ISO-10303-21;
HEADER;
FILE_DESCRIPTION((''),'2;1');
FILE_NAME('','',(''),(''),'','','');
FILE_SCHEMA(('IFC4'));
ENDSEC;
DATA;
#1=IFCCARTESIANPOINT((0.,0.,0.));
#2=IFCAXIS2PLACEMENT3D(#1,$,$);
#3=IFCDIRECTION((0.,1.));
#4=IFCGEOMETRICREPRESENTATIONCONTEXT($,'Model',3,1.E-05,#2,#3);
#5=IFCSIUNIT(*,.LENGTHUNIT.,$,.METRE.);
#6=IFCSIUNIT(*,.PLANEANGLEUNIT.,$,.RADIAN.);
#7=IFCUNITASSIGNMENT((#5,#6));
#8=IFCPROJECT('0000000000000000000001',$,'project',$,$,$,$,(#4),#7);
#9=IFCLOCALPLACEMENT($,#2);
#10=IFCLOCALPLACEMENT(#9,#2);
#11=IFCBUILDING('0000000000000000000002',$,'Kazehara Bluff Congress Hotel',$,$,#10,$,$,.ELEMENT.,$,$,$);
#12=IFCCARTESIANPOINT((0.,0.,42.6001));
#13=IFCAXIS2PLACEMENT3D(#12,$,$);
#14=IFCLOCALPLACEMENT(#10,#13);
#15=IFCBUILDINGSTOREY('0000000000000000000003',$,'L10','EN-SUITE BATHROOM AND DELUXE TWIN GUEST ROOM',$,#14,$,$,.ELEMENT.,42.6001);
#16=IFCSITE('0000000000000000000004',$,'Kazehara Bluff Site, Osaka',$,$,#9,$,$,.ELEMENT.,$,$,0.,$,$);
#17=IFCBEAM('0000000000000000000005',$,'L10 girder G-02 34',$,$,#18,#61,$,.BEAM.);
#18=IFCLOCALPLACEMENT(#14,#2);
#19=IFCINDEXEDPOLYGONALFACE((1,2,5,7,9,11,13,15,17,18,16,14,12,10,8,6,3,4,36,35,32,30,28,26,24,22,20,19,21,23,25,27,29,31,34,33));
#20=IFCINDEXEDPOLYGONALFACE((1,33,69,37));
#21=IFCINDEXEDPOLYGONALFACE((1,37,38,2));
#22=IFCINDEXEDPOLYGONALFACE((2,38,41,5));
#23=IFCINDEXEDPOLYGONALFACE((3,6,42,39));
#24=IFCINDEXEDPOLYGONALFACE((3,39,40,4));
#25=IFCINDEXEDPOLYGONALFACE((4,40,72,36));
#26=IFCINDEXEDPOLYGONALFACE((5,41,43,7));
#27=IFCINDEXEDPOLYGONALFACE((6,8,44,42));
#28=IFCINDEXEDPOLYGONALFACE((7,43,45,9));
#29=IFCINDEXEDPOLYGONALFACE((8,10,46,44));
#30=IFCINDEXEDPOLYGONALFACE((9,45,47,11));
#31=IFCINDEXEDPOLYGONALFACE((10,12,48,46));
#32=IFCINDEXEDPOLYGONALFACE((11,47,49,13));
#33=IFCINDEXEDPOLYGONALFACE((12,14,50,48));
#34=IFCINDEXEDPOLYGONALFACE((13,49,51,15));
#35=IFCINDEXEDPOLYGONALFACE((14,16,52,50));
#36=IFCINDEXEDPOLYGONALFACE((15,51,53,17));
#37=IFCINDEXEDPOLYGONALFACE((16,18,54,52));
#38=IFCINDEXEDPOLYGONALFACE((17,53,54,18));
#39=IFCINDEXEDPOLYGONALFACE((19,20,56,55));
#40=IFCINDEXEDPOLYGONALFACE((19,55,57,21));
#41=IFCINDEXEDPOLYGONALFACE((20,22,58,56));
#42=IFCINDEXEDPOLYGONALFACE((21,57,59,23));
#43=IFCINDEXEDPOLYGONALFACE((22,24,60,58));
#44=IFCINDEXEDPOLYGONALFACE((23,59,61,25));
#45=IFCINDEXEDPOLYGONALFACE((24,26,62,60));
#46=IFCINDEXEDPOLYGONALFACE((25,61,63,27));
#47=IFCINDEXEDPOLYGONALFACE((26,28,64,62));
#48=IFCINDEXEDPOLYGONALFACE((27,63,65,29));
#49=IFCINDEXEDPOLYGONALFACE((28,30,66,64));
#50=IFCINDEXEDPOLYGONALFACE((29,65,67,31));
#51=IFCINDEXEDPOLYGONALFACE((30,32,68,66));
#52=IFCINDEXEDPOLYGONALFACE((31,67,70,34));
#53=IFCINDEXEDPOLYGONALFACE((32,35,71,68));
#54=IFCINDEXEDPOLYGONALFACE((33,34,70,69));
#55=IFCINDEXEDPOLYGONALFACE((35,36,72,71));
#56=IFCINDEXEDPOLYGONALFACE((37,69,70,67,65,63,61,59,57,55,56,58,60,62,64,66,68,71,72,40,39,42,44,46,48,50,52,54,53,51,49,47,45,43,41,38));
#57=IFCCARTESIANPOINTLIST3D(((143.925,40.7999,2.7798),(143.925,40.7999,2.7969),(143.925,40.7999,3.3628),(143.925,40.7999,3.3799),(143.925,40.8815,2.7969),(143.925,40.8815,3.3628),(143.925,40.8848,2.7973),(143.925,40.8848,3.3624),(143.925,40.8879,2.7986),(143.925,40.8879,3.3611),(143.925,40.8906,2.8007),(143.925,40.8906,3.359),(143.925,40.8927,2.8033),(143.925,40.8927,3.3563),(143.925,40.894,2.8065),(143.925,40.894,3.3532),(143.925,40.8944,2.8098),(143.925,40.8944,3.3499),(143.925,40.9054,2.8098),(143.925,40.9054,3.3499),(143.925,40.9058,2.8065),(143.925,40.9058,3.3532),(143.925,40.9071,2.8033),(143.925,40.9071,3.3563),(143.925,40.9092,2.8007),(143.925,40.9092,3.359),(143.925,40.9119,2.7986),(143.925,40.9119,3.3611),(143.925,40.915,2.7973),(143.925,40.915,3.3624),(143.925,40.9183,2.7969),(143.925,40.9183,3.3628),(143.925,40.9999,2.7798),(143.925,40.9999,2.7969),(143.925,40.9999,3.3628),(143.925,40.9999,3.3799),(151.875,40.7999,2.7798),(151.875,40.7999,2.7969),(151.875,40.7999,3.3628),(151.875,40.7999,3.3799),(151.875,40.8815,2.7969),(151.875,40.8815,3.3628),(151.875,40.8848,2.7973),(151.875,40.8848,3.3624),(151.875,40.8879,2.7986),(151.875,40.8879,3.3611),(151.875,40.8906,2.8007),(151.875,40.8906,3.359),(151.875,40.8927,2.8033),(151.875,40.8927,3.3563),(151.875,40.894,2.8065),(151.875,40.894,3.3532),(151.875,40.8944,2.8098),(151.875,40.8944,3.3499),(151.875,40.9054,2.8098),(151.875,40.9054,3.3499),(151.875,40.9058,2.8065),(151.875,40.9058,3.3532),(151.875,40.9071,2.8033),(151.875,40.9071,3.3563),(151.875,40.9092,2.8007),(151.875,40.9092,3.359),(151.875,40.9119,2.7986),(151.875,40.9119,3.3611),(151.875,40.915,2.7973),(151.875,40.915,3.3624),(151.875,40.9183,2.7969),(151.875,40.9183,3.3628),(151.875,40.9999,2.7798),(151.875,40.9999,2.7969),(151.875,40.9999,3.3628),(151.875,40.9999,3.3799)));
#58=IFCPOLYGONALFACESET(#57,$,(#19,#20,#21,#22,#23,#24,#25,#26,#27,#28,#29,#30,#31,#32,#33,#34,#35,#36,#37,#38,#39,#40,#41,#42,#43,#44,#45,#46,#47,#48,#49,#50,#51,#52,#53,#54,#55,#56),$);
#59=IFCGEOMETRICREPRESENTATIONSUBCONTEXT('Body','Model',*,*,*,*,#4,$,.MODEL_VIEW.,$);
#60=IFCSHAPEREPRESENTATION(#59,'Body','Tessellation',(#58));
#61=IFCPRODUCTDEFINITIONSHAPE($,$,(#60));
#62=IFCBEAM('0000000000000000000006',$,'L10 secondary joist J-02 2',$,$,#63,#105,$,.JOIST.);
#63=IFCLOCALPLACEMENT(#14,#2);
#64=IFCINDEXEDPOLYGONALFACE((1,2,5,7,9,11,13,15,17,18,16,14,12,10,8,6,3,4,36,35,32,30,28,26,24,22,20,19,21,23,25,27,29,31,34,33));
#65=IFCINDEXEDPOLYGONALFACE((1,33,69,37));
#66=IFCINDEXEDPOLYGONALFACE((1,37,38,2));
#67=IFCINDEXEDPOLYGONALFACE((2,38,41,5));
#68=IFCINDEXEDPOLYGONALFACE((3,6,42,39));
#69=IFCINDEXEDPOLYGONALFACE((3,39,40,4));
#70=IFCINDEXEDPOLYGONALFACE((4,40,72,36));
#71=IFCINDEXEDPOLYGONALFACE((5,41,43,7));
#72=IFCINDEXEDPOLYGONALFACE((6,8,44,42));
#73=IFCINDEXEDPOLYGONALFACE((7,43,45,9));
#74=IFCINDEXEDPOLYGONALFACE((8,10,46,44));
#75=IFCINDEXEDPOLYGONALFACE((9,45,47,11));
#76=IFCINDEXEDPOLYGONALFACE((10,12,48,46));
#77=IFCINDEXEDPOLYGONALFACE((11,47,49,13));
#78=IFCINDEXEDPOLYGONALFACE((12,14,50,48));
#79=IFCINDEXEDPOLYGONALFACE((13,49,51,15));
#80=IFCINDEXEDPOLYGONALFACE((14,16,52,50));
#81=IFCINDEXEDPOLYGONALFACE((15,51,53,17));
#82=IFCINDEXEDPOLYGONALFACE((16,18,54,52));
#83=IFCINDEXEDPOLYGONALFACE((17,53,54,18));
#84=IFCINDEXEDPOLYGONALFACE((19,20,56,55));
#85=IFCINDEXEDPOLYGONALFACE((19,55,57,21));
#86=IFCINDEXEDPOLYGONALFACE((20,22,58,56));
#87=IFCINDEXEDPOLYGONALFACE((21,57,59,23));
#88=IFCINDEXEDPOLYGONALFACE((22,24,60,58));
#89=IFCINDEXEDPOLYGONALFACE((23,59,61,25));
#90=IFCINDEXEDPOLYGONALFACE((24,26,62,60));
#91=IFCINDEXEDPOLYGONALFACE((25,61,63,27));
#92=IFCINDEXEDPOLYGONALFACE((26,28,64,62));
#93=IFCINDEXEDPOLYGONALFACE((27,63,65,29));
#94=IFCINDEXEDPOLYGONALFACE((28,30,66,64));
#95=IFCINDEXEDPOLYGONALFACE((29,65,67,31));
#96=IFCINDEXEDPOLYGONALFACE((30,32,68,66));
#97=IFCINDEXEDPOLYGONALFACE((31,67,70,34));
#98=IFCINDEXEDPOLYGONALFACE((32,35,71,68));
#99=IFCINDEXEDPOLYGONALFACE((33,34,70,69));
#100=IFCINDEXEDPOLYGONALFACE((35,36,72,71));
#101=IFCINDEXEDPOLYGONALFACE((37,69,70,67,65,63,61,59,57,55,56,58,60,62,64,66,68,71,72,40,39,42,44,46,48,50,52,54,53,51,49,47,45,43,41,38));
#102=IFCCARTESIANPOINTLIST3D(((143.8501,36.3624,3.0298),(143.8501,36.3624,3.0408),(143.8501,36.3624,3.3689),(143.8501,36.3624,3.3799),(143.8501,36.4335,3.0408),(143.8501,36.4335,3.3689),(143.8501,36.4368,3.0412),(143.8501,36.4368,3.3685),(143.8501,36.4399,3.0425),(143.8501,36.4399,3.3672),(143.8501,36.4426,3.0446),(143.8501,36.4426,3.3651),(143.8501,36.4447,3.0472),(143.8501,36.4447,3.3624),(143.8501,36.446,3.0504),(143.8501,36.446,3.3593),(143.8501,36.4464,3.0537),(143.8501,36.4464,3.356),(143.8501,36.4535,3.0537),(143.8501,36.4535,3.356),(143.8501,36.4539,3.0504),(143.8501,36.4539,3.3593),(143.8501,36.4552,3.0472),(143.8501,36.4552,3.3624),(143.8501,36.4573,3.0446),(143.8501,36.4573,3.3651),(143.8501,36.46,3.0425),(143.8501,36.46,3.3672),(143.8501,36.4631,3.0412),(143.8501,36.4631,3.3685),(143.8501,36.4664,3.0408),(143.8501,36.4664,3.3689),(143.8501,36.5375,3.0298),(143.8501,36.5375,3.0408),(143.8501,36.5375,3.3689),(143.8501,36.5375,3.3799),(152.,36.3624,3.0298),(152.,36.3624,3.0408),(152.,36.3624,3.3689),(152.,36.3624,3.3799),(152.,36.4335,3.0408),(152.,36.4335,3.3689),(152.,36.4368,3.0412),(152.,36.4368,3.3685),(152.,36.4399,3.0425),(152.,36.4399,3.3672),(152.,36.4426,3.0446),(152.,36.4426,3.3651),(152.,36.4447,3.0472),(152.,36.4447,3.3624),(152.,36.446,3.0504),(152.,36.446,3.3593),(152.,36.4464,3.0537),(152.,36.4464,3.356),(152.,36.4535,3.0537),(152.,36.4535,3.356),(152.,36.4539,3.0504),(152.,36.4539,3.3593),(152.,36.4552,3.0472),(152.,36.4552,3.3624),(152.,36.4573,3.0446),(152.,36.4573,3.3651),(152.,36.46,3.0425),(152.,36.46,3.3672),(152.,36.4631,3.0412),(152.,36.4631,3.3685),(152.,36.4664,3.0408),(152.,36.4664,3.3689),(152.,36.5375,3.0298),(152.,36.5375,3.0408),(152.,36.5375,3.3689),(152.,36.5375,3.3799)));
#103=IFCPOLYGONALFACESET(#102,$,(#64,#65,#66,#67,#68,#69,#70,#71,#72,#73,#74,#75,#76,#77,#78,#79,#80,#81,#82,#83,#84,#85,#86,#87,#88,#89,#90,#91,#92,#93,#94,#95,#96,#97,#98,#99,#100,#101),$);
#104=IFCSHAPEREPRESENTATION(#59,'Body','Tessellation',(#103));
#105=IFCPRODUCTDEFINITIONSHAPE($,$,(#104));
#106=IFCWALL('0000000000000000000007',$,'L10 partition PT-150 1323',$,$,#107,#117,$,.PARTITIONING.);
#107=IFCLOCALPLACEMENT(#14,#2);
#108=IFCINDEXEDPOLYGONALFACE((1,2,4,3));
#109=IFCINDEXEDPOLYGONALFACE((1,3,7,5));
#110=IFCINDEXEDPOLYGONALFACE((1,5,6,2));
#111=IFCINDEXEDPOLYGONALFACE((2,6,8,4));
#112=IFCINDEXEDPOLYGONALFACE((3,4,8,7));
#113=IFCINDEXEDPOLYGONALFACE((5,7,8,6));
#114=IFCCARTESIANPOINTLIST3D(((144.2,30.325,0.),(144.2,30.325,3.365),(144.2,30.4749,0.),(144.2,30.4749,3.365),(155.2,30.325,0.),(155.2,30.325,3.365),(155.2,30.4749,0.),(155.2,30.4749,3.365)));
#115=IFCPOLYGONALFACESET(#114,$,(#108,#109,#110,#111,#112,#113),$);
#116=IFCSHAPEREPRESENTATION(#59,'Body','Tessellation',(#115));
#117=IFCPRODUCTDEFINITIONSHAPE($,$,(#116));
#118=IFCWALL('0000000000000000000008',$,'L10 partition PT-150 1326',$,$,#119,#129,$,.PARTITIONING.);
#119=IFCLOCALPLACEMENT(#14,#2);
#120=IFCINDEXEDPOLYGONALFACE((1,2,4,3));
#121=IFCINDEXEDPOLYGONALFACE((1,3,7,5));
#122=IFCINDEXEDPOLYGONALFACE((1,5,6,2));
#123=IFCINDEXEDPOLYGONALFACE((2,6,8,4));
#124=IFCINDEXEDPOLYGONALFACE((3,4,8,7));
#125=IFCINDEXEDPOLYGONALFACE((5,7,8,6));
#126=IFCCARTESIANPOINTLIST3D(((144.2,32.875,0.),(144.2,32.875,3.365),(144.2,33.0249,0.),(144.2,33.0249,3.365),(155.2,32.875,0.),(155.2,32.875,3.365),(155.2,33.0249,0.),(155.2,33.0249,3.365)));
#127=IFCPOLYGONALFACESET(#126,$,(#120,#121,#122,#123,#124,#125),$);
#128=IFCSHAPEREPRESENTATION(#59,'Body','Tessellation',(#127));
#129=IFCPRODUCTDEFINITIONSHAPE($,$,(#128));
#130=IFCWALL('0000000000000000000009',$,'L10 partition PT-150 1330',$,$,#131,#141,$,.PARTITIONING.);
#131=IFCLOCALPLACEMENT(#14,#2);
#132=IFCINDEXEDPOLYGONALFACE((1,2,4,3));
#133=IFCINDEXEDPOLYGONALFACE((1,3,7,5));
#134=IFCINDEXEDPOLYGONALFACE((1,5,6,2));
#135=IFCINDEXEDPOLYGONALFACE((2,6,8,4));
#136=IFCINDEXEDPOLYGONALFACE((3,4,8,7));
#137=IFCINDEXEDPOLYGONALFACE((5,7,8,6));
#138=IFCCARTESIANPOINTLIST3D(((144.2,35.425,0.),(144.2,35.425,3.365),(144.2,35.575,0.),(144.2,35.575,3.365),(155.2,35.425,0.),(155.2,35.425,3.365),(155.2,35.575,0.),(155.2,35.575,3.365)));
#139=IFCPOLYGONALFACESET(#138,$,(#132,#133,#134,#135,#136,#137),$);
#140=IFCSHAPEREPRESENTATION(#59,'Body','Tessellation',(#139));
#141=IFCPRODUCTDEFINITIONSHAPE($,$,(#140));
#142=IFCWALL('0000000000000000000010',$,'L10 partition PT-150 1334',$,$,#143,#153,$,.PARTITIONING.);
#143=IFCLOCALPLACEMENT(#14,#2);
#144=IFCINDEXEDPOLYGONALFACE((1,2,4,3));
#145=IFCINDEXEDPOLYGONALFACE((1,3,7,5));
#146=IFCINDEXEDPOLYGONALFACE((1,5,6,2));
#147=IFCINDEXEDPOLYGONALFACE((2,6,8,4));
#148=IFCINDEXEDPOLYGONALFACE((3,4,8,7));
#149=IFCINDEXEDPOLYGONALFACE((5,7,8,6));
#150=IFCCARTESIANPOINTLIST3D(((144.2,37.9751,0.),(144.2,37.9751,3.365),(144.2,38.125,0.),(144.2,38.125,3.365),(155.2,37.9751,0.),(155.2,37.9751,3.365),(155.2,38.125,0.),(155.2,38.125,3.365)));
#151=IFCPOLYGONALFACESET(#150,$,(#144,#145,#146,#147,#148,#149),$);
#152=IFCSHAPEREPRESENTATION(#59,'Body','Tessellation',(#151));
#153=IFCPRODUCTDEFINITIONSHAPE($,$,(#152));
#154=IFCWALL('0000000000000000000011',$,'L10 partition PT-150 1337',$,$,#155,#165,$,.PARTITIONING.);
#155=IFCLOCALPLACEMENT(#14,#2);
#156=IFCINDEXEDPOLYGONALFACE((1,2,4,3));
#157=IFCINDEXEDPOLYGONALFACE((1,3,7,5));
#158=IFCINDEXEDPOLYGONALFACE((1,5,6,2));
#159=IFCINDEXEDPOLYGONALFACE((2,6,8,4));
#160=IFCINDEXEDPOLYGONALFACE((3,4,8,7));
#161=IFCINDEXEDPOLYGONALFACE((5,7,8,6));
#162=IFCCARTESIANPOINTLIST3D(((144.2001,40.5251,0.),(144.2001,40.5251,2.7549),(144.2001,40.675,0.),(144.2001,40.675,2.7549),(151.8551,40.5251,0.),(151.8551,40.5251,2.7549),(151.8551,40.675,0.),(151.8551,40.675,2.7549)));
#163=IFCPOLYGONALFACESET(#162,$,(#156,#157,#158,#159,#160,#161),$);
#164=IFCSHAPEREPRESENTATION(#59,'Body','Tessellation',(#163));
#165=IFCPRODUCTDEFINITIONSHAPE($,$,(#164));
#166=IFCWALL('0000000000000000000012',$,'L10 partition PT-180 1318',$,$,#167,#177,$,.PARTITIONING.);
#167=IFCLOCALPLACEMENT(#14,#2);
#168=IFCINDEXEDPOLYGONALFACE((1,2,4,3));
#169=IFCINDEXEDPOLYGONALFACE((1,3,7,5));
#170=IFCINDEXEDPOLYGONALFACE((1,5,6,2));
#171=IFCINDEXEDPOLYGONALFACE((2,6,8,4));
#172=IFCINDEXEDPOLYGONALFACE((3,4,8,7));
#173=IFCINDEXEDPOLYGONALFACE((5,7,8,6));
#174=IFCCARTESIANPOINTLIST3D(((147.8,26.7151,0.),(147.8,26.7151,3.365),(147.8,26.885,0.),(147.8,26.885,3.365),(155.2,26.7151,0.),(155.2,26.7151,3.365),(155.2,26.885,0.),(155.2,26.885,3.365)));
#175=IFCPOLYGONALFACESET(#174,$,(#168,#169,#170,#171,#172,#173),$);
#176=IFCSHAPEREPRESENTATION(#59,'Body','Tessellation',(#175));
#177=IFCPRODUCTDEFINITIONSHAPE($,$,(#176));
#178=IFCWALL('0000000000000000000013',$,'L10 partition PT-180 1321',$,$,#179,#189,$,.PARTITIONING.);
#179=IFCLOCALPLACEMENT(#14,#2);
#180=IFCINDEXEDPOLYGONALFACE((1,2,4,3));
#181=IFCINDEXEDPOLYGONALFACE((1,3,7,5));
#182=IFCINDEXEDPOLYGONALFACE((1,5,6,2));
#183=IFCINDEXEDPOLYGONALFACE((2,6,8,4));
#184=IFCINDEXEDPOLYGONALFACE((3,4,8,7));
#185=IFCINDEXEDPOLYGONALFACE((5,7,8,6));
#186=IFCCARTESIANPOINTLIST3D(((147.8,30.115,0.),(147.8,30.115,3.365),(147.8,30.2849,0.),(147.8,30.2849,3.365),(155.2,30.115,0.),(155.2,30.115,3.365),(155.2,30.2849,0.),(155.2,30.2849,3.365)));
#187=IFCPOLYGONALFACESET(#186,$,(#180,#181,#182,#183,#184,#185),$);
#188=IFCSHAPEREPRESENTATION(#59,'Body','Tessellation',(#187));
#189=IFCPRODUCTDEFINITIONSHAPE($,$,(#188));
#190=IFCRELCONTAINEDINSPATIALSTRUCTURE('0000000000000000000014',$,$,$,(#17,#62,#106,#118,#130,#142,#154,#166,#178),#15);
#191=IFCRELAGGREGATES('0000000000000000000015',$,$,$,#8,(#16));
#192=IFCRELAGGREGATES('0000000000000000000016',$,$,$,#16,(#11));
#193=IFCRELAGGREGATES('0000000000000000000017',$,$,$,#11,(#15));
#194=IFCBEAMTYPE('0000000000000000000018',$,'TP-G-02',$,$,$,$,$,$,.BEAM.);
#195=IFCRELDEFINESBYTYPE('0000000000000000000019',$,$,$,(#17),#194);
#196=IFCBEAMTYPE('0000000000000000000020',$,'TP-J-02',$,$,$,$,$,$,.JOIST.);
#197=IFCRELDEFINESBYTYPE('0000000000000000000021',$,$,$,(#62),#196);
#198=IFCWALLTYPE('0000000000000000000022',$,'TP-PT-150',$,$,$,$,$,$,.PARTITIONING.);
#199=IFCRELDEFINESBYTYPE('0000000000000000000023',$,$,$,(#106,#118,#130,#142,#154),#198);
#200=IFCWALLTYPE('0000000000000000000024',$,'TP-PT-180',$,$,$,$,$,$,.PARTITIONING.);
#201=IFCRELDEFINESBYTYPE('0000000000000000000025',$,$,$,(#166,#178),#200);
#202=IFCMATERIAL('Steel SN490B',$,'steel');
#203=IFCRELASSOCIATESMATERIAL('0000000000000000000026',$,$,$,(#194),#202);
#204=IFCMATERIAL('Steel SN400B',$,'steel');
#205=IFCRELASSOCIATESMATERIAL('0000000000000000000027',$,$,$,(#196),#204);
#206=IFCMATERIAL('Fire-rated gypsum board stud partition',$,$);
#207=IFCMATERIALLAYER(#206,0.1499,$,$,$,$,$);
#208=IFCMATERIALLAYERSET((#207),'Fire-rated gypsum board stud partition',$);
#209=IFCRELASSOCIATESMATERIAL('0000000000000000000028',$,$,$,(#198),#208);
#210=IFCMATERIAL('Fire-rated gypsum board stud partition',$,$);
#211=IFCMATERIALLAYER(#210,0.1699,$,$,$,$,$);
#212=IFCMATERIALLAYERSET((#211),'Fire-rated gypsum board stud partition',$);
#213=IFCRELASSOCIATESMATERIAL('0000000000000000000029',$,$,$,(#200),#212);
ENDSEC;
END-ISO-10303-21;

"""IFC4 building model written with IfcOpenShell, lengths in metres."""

from ifc_helpers import new_model, si_unit, direction, frame, frame_2d, origin, origin_2d, place, context, subcontext, project, spatial, rectangle, i_section, extrude, material, layer, layer_set, material_profile, profile_set, type_object, element, save


model = new_model("IFC4")

# Units and contexts
model_context = context("Model", 3, precision=1e-05, world=origin(), true_north=direction((0.0, 1.0)))
body_context = subcontext(model_context, "Body", "Model", "MODEL_VIEW")
ifc_project = project(units=[si_unit("LENGTHUNIT", "METRE"), si_unit("PLANEANGLEUNIT", "RADIAN")], contexts=[model_context])

# Site, building, storey
site_placement = place(None, origin())
site = spatial("IfcSite", under=ifc_project, at=site_placement, Name="Kazehara Bluff Site, Osaka", CompositionType="ELEMENT", RefElevation=0.0)
building_placement = place(site_placement, origin())
building = spatial("IfcBuilding", under=site, at=building_placement, Name="Kazehara Bluff Congress Hotel", CompositionType="ELEMENT")
storey_placement = place(building_placement, frame((0.0, 0.0, 42.6001)))
storey = spatial("IfcBuildingStorey", under=building, at=storey_placement, Name="L10", Description="EN-SUITE BATHROOM AND DELUXE TWIN GUEST ROOM", CompositionType="ELEMENT", Elevation=42.6001)

# Beams
ifc_material_1 = material(Name="Steel SN490B", Category="steel")
ifc_material_profile_1 = material_profile(ifc_material_1, i_section(OverallWidth=0.2, OverallDepth=0.6001, WebThickness=0.011, FlangeThickness=0.0171, FilletRadius=0.0129, at=origin_2d()))
ifc_profile_set_1 = profile_set([ifc_material_profile_1], Name="Steel SN490B")
beam_type_1 = type_object("IfcBeamType", Name="TP-G-02", PredefinedType="BEAM", material=ifc_profile_set_1)
for number, where, z_axis, x_axis, name in (
    (1, (143.925, 40.8999, 3.0798), (1.0, 0.0, 0.0), (0.0, 1.0, 0.0), "L10 girder G-02 34"),
):
    element("IfcBeam", number, at=place(storey_placement, frame(where, z_axis=z_axis, x_axis=x_axis)), inside=storey, type_object=beam_type_1, Name=name, PredefinedType="BEAM", context=body_context, shape_type="SweptSolid", body=[
        extrude(i_section(OverallWidth=0.2, OverallDepth=0.6001, WebThickness=0.011, FlangeThickness=0.0171, FilletRadius=0.0129, at=origin_2d()), origin(), (0.0, 0.0, 1.0), 7.95),
    ])
ifc_material_2 = material(Name="Steel SN400B", Category="steel")
ifc_material_profile_2 = material_profile(ifc_material_2, i_section(OverallWidth=0.175, OverallDepth=0.3501, WebThickness=0.0071, FlangeThickness=0.011, FilletRadius=0.0129, at=origin_2d()))
ifc_profile_set_2 = profile_set([ifc_material_profile_2], Name="Steel SN400B")
beam_type_2 = type_object("IfcBeamType", Name="TP-J-02", PredefinedType="JOIST", material=ifc_profile_set_2)
beam_1_placement = place(storey_placement, frame((143.8501, 36.45, 3.2048), z_axis=(1.0, 0.0, 0.0), x_axis=(0.0, 1.0, 0.0)))
element("IfcBeam", 2, at=beam_1_placement, inside=storey, type_object=beam_type_2, Name="L10 secondary joist J-02 2", PredefinedType="JOIST", context=body_context, shape_type="SweptSolid", body=[
    extrude(i_section(OverallWidth=0.175, OverallDepth=0.3501, WebThickness=0.0071, FlangeThickness=0.011, FilletRadius=0.0129, at=origin_2d()), origin(), (0.0, 0.0, 1.0), 8.1499),
])

# Walls
ifc_material_3 = material(Name="Fire-rated gypsum board stud partition")
ifc_layer_1 = layer(ifc_material_3, 0.1499)
ifc_layer_set_1 = layer_set([ifc_layer_1], Name="Fire-rated gypsum board stud partition")
wall_type_1 = type_object("IfcWallType", Name="TP-PT-150", PredefinedType="PARTITIONING", material=ifc_layer_set_1)
for number, where, z_axis, x_axis, name in (
    (3, (144.2, 30.3999, 0.0), (0.0, 0.0, 1.0), (1.0, 0.0, 0.0), "L10 partition PT-150 1323"),
    (4, (144.2, 32.95, 0.0), (0.0, 0.0, 1.0), (1.0, 0.0, 0.0), "L10 partition PT-150 1326"),
    (5, (144.2, 35.5, 0.0), (0.0, 0.0, 1.0), (1.0, 0.0, 0.0), "L10 partition PT-150 1330"),
    (6, (144.2, 38.05, 0.0), (0.0, 0.0, 1.0), (1.0, 0.0, 0.0), "L10 partition PT-150 1334"),
):
    element("IfcWall", number, at=place(storey_placement, frame(where, z_axis=z_axis, x_axis=x_axis)), inside=storey, type_object=wall_type_1, Name=name, PredefinedType="PARTITIONING", context=body_context, shape_type="SweptSolid", body=[
        extrude(rectangle(XDim=11.0, YDim=0.1499, at=frame_2d((5.5, 0.0))), origin(), (0.0, 0.0, 1.0), 3.365),
    ])
wall_1_placement = place(storey_placement, frame((144.2, 40.6001, 0.0), z_axis=(0.0, 0.0, 1.0), x_axis=(1.0, 0.0, 0.0)))
element("IfcWall", 7, at=wall_1_placement, inside=storey, type_object=wall_type_1, Name="L10 partition PT-150 1337", PredefinedType="PARTITIONING", context=body_context, shape_type="SweptSolid", body=[
    extrude(rectangle(XDim=7.655, YDim=0.1499, at=frame_2d((3.8276, 0.0))), origin(), (0.0, 0.0, 1.0), 2.7549),
])
ifc_material_4 = material(Name="Fire-rated gypsum board stud partition")
ifc_layer_2 = layer(ifc_material_4, 0.1699)
ifc_layer_set_2 = layer_set([ifc_layer_2], Name="Fire-rated gypsum board stud partition")
wall_type_2 = type_object("IfcWallType", Name="TP-PT-180", PredefinedType="PARTITIONING", material=ifc_layer_set_2)
for number, where, z_axis, x_axis, name in (
    (8, (147.8, 26.8, 0.0), (0.0, 0.0, 1.0), (1.0, 0.0, 0.0), "L10 partition PT-180 1318"),
    (9, (147.8, 30.2, 0.0), (0.0, 0.0, 1.0), (1.0, 0.0, 0.0), "L10 partition PT-180 1321"),
):
    element("IfcWall", number, at=place(storey_placement, frame(where, z_axis=z_axis, x_axis=x_axis)), inside=storey, type_object=wall_type_2, Name=name, PredefinedType="PARTITIONING", context=body_context, shape_type="SweptSolid", body=[
        extrude(rectangle(XDim=7.3999, YDim=0.1699, at=frame_2d((3.7, 0.0))), origin(), (0.0, 0.0, 1.0), 3.365),
    ])

save(model, "model.ifc")
